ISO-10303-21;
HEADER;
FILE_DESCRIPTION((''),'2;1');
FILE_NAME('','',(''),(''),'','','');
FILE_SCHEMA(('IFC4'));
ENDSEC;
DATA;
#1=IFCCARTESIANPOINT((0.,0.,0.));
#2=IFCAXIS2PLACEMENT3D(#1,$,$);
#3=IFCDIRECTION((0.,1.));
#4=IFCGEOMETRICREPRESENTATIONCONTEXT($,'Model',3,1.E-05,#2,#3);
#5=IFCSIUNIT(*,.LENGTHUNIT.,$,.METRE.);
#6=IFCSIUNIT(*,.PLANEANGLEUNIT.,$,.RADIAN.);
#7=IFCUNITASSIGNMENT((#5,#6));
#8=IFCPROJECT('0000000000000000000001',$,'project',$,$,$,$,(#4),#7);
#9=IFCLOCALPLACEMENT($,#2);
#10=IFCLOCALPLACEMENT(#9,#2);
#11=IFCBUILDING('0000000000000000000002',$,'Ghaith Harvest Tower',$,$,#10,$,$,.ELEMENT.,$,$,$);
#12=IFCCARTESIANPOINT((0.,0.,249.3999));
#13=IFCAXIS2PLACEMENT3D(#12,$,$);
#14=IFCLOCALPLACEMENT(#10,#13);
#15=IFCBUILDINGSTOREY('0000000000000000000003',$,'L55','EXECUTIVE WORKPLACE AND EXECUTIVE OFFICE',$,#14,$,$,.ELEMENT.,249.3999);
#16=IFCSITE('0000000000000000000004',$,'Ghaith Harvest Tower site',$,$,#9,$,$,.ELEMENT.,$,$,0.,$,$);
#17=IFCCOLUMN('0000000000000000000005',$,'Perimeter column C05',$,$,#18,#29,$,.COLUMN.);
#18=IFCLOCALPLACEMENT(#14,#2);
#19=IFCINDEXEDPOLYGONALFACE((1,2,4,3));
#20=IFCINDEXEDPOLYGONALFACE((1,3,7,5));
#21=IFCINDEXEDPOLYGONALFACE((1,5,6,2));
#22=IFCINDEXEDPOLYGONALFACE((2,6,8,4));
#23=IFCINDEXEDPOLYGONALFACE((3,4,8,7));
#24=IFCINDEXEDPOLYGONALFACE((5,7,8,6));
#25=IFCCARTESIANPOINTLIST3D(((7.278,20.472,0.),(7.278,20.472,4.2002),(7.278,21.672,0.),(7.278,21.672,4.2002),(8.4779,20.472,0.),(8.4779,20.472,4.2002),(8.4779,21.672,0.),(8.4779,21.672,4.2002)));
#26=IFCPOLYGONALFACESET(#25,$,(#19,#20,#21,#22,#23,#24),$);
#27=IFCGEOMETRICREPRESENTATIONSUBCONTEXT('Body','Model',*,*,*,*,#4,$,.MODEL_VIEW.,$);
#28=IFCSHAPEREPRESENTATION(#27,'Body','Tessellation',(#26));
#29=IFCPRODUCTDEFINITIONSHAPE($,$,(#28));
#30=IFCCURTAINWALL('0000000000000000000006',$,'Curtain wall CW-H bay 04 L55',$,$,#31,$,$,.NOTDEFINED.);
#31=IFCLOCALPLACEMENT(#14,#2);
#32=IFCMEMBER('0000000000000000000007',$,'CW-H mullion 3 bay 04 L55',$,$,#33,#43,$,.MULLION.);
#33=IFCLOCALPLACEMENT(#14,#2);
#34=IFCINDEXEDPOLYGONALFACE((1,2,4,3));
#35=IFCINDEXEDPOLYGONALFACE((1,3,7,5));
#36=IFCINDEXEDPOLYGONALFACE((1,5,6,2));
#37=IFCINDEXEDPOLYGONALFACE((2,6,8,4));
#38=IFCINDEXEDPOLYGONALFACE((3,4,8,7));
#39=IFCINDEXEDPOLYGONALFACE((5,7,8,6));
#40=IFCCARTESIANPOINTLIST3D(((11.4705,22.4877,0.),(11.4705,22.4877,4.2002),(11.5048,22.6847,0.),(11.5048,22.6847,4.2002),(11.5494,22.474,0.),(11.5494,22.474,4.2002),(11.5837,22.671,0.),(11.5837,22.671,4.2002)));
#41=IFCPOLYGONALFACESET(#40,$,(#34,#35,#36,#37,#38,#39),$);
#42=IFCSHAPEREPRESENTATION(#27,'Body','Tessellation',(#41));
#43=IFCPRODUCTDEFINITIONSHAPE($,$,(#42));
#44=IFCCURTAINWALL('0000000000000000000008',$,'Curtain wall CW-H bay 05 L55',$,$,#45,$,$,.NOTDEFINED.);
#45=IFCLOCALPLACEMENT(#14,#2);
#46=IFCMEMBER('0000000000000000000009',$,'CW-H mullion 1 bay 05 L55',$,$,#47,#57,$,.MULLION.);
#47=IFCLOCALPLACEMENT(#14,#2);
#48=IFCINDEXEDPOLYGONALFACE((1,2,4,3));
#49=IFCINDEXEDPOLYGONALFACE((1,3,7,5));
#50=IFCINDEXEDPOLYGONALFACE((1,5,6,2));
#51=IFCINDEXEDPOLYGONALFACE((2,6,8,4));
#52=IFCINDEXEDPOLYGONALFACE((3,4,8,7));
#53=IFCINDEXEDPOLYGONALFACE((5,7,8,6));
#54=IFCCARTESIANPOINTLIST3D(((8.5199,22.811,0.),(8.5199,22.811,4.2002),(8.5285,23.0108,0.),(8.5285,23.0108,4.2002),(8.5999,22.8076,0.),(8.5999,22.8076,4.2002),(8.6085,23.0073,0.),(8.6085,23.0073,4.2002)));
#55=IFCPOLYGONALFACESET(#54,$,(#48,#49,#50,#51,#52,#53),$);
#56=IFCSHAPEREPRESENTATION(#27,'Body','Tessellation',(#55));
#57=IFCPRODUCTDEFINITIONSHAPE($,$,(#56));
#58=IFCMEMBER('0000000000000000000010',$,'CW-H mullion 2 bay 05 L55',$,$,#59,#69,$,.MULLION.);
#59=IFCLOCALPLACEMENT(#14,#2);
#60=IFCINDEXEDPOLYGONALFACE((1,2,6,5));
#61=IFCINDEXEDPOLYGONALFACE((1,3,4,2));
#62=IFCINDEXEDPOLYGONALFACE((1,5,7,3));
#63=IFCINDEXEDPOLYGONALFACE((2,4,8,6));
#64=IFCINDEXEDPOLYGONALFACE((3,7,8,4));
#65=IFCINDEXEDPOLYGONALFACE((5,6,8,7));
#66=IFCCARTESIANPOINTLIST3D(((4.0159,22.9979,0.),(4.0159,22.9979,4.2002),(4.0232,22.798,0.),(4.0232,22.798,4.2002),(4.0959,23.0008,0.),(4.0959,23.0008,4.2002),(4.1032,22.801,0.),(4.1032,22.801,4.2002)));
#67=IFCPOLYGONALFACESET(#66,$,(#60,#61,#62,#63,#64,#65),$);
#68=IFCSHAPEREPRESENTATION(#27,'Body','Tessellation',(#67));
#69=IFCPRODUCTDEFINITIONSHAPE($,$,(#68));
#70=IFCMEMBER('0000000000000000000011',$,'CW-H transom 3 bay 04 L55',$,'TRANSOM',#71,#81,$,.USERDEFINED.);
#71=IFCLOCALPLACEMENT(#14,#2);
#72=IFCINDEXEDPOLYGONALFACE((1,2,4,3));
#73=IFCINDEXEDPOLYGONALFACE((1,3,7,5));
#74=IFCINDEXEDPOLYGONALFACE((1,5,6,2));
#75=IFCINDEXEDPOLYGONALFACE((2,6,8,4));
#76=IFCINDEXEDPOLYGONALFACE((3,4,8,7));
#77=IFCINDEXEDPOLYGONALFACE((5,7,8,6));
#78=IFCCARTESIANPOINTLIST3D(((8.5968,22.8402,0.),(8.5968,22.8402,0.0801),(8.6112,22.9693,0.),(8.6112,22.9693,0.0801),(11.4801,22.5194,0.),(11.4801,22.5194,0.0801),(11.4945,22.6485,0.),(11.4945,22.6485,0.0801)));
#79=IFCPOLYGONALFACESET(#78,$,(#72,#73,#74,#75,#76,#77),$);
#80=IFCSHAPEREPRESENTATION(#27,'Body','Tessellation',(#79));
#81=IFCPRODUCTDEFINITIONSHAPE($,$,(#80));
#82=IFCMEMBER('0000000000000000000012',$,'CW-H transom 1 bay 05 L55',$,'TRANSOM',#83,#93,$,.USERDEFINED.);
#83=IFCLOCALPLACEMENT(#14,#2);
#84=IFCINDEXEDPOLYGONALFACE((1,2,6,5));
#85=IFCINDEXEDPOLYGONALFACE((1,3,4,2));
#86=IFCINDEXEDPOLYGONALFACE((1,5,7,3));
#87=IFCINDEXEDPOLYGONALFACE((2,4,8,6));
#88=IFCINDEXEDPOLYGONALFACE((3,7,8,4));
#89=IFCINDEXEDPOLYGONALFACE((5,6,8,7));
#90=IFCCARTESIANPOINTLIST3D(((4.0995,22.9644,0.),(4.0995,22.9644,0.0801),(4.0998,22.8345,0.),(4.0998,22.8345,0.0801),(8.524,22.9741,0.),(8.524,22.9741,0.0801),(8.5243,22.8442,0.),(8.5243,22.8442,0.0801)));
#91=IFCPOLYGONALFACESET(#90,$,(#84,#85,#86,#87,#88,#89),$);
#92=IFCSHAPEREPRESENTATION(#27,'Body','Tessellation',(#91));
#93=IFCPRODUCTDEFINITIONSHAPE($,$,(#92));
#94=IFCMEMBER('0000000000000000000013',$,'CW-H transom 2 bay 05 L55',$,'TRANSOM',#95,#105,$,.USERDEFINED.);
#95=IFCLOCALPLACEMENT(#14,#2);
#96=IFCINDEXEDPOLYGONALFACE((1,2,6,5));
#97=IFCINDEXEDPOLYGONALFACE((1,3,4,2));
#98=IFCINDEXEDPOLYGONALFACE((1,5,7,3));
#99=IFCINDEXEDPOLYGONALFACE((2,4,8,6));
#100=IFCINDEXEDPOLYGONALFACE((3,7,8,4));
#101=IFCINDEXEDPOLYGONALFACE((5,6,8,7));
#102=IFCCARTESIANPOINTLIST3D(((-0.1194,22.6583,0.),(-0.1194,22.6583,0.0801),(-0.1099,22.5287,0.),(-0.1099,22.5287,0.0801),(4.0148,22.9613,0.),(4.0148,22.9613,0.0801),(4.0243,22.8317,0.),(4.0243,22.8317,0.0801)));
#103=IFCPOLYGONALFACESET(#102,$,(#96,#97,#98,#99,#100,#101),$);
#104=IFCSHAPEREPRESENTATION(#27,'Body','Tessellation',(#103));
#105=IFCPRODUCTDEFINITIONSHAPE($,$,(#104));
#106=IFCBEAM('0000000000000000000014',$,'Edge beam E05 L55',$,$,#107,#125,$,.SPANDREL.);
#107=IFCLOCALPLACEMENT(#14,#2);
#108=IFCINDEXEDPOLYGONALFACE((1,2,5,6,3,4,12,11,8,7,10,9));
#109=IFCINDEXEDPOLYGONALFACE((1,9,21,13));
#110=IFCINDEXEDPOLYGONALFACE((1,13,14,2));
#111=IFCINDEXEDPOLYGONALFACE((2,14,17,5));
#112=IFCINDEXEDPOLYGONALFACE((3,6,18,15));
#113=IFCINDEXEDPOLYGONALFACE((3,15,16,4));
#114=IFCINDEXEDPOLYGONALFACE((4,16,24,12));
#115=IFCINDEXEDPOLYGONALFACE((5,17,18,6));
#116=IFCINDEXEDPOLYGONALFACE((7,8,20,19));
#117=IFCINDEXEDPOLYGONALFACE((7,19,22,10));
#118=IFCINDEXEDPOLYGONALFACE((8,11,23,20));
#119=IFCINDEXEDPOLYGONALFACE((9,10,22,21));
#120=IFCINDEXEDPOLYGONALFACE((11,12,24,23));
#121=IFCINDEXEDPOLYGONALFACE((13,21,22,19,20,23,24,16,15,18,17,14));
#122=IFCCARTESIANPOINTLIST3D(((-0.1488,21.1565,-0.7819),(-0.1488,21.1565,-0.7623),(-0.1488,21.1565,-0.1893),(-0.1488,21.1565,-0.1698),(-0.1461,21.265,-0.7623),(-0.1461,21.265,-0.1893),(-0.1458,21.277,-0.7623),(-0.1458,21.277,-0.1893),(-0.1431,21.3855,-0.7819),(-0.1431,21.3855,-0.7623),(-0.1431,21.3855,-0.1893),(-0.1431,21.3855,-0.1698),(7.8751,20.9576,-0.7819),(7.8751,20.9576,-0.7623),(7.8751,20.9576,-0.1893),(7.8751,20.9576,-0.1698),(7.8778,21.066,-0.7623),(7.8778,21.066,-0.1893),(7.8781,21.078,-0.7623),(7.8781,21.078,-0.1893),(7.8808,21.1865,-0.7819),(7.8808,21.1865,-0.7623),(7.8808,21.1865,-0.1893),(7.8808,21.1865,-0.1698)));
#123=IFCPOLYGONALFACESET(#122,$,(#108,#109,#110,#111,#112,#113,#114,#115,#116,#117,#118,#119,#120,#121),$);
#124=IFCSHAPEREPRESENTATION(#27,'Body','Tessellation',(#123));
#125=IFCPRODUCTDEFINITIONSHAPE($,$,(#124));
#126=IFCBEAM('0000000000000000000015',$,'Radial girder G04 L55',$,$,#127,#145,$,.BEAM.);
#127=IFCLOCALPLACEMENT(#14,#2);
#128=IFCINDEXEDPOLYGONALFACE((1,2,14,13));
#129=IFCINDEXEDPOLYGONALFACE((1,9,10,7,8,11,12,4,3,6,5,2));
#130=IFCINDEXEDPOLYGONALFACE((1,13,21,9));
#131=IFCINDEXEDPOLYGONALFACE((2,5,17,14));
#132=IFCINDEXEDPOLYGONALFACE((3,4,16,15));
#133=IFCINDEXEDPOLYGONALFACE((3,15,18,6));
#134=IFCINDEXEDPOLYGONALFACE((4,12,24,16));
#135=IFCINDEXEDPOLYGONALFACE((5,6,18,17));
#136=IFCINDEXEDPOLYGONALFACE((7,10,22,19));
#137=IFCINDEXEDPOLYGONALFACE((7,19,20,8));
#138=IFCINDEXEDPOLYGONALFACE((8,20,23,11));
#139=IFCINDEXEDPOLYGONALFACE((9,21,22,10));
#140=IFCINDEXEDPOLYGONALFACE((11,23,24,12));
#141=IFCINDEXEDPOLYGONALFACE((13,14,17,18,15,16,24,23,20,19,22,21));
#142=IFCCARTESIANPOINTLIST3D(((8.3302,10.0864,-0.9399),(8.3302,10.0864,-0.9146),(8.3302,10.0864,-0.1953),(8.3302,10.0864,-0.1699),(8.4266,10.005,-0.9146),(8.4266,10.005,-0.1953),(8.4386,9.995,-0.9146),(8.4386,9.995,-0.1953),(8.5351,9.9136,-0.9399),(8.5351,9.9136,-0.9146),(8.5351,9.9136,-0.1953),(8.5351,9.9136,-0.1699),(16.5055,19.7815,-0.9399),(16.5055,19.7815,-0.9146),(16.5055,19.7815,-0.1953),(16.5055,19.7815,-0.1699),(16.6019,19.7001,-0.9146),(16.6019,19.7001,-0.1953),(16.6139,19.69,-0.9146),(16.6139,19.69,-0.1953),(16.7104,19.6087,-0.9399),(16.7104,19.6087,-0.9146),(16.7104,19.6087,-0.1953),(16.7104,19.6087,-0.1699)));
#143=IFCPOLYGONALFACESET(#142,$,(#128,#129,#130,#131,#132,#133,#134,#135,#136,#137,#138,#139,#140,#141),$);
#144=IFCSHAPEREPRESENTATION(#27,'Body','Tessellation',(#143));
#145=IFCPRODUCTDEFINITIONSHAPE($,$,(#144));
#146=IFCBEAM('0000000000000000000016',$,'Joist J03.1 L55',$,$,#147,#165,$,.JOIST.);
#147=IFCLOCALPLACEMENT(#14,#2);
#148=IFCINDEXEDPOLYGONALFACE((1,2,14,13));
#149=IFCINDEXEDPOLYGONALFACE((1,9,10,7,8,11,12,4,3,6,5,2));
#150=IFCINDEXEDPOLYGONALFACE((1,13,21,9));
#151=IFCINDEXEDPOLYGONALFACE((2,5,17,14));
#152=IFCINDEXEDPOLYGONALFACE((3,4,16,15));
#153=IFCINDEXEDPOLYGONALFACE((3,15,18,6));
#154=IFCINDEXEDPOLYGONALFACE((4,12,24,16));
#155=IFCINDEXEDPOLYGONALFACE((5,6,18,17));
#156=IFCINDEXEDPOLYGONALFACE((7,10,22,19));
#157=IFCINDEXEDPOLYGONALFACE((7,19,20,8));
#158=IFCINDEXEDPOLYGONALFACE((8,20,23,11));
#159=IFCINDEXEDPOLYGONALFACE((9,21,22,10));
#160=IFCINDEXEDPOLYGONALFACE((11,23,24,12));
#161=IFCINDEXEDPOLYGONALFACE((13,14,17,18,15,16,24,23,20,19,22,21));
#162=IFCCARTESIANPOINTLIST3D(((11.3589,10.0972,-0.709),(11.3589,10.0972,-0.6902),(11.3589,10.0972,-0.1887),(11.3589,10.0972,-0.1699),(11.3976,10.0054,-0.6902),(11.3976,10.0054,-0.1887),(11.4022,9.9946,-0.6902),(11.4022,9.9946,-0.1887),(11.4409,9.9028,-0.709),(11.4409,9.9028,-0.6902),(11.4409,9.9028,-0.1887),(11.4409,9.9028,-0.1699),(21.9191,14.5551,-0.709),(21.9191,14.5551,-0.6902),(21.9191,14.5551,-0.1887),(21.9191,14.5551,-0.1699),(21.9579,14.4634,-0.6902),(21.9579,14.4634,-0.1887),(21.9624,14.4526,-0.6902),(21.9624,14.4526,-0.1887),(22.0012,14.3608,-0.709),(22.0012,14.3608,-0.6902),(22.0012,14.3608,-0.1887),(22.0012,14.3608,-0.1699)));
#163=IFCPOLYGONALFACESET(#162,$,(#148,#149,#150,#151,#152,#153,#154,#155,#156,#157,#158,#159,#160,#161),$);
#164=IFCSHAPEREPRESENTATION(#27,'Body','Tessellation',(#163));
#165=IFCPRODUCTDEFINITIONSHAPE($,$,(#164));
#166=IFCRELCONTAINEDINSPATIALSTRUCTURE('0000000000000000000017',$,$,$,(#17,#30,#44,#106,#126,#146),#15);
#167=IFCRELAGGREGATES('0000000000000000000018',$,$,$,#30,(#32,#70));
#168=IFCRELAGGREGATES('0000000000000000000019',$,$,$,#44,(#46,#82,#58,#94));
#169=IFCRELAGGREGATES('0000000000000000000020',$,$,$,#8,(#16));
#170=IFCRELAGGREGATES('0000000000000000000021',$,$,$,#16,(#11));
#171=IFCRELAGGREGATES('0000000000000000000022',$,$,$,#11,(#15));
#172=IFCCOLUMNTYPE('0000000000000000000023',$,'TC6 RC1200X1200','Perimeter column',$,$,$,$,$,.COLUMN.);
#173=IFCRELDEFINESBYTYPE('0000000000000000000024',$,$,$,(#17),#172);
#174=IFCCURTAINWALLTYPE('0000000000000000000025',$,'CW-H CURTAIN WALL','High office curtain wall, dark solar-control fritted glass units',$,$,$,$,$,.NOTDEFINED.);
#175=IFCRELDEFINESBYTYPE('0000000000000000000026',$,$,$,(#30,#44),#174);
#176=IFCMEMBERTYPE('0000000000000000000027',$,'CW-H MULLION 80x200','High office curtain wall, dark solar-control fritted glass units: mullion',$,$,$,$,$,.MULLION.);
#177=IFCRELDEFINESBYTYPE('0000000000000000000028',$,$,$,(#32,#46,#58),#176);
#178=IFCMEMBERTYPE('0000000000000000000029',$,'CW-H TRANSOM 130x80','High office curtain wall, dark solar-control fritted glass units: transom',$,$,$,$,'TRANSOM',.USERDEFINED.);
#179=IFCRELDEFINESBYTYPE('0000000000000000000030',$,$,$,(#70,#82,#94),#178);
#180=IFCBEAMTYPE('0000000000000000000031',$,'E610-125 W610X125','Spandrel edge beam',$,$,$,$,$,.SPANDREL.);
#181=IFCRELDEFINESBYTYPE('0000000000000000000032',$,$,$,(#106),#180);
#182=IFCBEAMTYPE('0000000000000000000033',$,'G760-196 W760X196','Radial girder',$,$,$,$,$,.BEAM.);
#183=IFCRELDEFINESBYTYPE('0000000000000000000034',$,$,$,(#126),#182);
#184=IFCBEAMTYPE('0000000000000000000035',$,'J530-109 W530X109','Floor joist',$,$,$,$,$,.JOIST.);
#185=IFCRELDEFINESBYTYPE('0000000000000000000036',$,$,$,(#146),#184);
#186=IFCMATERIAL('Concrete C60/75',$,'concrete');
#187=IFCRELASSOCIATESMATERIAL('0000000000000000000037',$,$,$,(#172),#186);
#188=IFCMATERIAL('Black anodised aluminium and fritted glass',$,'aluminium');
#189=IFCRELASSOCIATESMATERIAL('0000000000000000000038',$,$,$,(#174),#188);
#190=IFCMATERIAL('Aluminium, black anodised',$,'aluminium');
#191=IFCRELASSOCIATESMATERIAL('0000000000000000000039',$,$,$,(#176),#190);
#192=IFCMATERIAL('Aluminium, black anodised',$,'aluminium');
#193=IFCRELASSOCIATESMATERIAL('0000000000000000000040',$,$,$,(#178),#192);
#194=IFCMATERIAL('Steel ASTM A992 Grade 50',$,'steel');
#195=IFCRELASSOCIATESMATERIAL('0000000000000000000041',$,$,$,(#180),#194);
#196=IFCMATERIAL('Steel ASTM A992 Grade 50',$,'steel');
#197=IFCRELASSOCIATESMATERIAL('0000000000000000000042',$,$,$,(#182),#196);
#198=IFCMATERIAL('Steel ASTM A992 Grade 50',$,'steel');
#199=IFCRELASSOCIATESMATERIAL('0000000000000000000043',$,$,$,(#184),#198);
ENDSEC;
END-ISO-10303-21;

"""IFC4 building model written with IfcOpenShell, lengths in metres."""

from ifc_helpers import new_model, si_unit, direction, frame, origin, origin_2d, place, context, subcontext, project, spatial, rectangle, i_section, extrude, material, material_profile, profile_set, type_object, element, aggregate, save


model = new_model("IFC4")

# Units and contexts
model_context = context("Model", 3, precision=1e-05, world=origin(), true_north=direction((0.0, 1.0)))
body_context = subcontext(model_context, "Body", "Model", "MODEL_VIEW")
ifc_project = project(units=[si_unit("LENGTHUNIT", "METRE"), si_unit("PLANEANGLEUNIT", "RADIAN")], contexts=[model_context])

# Site, building, storey
site_placement = place(None, origin())
site = spatial("IfcSite", under=ifc_project, at=site_placement, Name="Ghaith Harvest Tower site", CompositionType="ELEMENT", RefElevation=0.0)
building_placement = place(site_placement, origin())
building = spatial("IfcBuilding", under=site, at=building_placement, Name="Ghaith Harvest Tower", CompositionType="ELEMENT")
storey_placement = place(building_placement, frame((0.0, 0.0, 249.3999)))
storey = spatial("IfcBuildingStorey", under=building, at=storey_placement, Name="L55", Description="EXECUTIVE WORKPLACE AND EXECUTIVE OFFICE", CompositionType="ELEMENT", Elevation=249.3999)

# Column
ifc_material_1 = material(Name="Concrete C60/75", Category="concrete")
ifc_material_profile_1 = material_profile(ifc_material_1, rectangle(XDim=1.2, YDim=1.2, at=origin_2d()), Name="RC1200X1200")
ifc_profile_set_1 = profile_set([ifc_material_profile_1], Name="Concrete C60/75")
column_type = type_object("IfcColumnType", Name="TC6 RC1200X1200", Description="Perimeter column", PredefinedType="COLUMN", material=ifc_profile_set_1)
column_placement = place(storey_placement, frame((7.8779, 21.072, 0.0), z_axis=(0.0, 0.0, 1.0), x_axis=(1.0, 0.0, 0.0)))
element("IfcColumn", 1, at=column_placement, inside=storey, type_object=column_type, Name="Perimeter column C05", PredefinedType="COLUMN", context=body_context, shape_type="SweptSolid", body=[
    extrude(rectangle(XDim=1.2, YDim=1.2, at=origin_2d()), origin(), (0.0, 0.0, 1.0), 4.2002),
])

# Curtain wall, member
ifc_material_2 = material(Name="Black anodised aluminium and fritted glass", Category="aluminium")
curtain_wall_type = type_object("IfcCurtainWallType", Name="CW-H CURTAIN WALL", Description="High office curtain wall, dark solar-control fritted glass units", PredefinedType="NOTDEFINED", material=ifc_material_2)
curtain_wall_1_placement = place(storey_placement, origin())
curtain_wall_1 = element("IfcCurtainWall", 2, at=curtain_wall_1_placement, inside=storey, type_object=curtain_wall_type, Name="Curtain wall CW-H bay 04 L55", PredefinedType="NOTDEFINED")
ifc_material_3 = material(Name="Aluminium, black anodised", Category="aluminium")
ifc_material_profile_2 = material_profile(ifc_material_3, rectangle(XDim=0.0801, YDim=0.2, at=origin_2d()), Name="CW-H MULLION 80x200")
ifc_profile_set_2 = profile_set([ifc_material_profile_2], Name="Aluminium, black anodised")
member_type_1 = type_object("IfcMemberType", Name="CW-H MULLION 80x200", Description="High office curtain wall, dark solar-control fritted glass units: mullion", PredefinedType="MULLION", material=ifc_profile_set_2)
member_1_placement = place(storey_placement, frame((11.5271, 22.5793, 0.0), z_axis=(0.0, 0.0, 1.0), x_axis=(-0.985193, 0.171447, 0.0)))
member_1 = element("IfcMember", 3, at=member_1_placement, type_object=member_type_1, Name="CW-H mullion 3 bay 04 L55", PredefinedType="MULLION", context=body_context, shape_type="SweptSolid", body=[
    extrude(rectangle(XDim=0.0801, YDim=0.2, at=origin_2d()), origin(), (0.0, 0.0, 1.0), 4.2002),
])

# Curtain wall, members
curtain_wall_2_placement = place(storey_placement, origin())
curtain_wall_2 = element("IfcCurtainWall", 4, at=curtain_wall_2_placement, inside=storey, type_object=curtain_wall_type, Name="Curtain wall CW-H bay 05 L55", PredefinedType="NOTDEFINED")
member_2_placement = place(storey_placement, frame((8.5642, 22.9092, 0.0), z_axis=(0.0, 0.0, 1.0), x_axis=(-0.999084, 0.042803, 0.0)))
member_2 = element("IfcMember", 5, at=member_2_placement, type_object=member_type_1, Name="CW-H mullion 1 bay 05 L55", PredefinedType="MULLION", context=body_context, shape_type="SweptSolid", body=[
    extrude(rectangle(XDim=0.0801, YDim=0.2, at=origin_2d()), origin(), (0.0, 0.0, 1.0), 4.2002),
])
member_3_placement = place(storey_placement, frame((4.0596, 22.8994, 0.0), z_axis=(0.0, 0.0, 1.0), x_axis=(-0.999333, -0.036524, 0.0)))
member_3 = element("IfcMember", 6, at=member_3_placement, type_object=member_type_1, Name="CW-H mullion 2 bay 05 L55", PredefinedType="MULLION", context=body_context, shape_type="SweptSolid", body=[
    extrude(rectangle(XDim=0.0801, YDim=0.2, at=origin_2d()), origin(), (0.0, 0.0, 1.0), 4.2002),
])

# Members
ifc_material_4 = material(Name="Aluminium, black anodised", Category="aluminium")
ifc_material_profile_3 = material_profile(ifc_material_4, rectangle(XDim=0.1299, YDim=0.0801, at=origin_2d()), Name="CW-H TRANSOM 130x80")
ifc_profile_set_3 = profile_set([ifc_material_profile_3], Name="Aluminium, black anodised")
member_type_2 = type_object("IfcMemberType", Name="CW-H TRANSOM 130x80", Description="High office curtain wall, dark solar-control fritted glass units: transom", ElementType="TRANSOM", PredefinedType="USERDEFINED", material=ifc_profile_set_3)
member_4_placement = place(storey_placement, frame((11.4873, 22.584, 0.04), z_axis=(-0.993867, 0.110579, 0.0), x_axis=(-0.110579, -0.993867, 0.0)))
member_4 = element("IfcMember", 7, at=member_4_placement, type_object=member_type_2, Name="CW-H transom 3 bay 04 L55", ObjectType="TRANSOM", PredefinedType="USERDEFINED", context=body_context, shape_type="SweptSolid", body=[
    extrude(rectangle(XDim=0.1299, YDim=0.0801, at=origin_2d()), origin(), (0.0, 0.0, 1.0), 2.9011),
])
member_5_placement = place(storey_placement, frame((8.5242, 22.9092, 0.04), z_axis=(-0.999998, -0.002207, 0.0), x_axis=(0.002207, -0.999998, 0.0)))
member_5 = element("IfcMember", 8, at=member_5_placement, type_object=member_type_2, Name="CW-H transom 1 bay 05 L55", ObjectType="TRANSOM", PredefinedType="USERDEFINED", context=body_context, shape_type="SweptSolid", body=[
    extrude(rectangle(XDim=0.1299, YDim=0.0801, at=origin_2d()), origin(), (0.0, 0.0, 1.0), 4.4246),
])
member_6_placement = place(storey_placement, frame((4.0195, 22.8965, 0.04), z_axis=(-0.997325, -0.073089, 0.0), x_axis=(0.073089, -0.997325, 0.0)))
member_6 = element("IfcMember", 9, at=member_6_placement, type_object=member_type_2, Name="CW-H transom 2 bay 05 L55", ObjectType="TRANSOM", PredefinedType="USERDEFINED", context=body_context, shape_type="SweptSolid", body=[
    extrude(rectangle(XDim=0.1299, YDim=0.0801, at=origin_2d()), origin(), (0.0, 0.0, 1.0), 4.1453),
])

# Beams
ifc_material_5 = material(Name="Steel ASTM A992 Grade 50", Category="steel")
ifc_material_profile_4 = material_profile(ifc_material_5, i_section(OverallWidth=0.229, OverallDepth=0.6121, WebThickness=0.012, FlangeThickness=0.0195, at=origin_2d()), Name="W610X125")
ifc_profile_set_4 = profile_set([ifc_material_profile_4], Name="Steel ASTM A992 Grade 50")
beam_type_1 = type_object("IfcBeamType", Name="E610-125 W610X125", Description="Spandrel edge beam", PredefinedType="SPANDREL", material=ifc_profile_set_4)
beam_1_placement = place(storey_placement, frame((7.8779, 21.072, -0.4758), z_axis=(-0.999693, 0.02479, 0.0), x_axis=(-0.02479, -0.999693, 0.0)))
element("IfcBeam", 10, at=beam_1_placement, inside=storey, type_object=beam_type_1, Name="Edge beam E05 L55", PredefinedType="SPANDREL", context=body_context, shape_type="SweptSolid", body=[
    extrude(i_section(OverallWidth=0.229, OverallDepth=0.6121, WebThickness=0.012, FlangeThickness=0.0195, at=origin_2d()), origin(), (0.0, 0.0, 1.0), 8.0264),
])
ifc_material_6 = material(Name="Steel ASTM A992 Grade 50", Category="steel")
ifc_material_profile_5 = material_profile(ifc_material_6, i_section(OverallWidth=0.2681, OverallDepth=0.77, WebThickness=0.0156, FlangeThickness=0.0254, at=origin_2d()), Name="W760X196")
ifc_profile_set_5 = profile_set([ifc_material_profile_5], Name="Steel ASTM A992 Grade 50")
beam_type_2 = type_object("IfcBeamType", Name="G760-196 W760X196", Description="Radial girder", PredefinedType="BEAM", material=ifc_profile_set_5)
beam_2_placement = place(storey_placement, frame((8.4326, 10.0, -0.5549), z_axis=(0.644644, 0.764483, 0.0), x_axis=(-0.764483, 0.644644, 0.0)))
element("IfcBeam", 11, at=beam_2_placement, inside=storey, type_object=beam_type_2, Name="Radial girder G04 L55", PredefinedType="BEAM", context=body_context, shape_type="SweptSolid", body=[
    extrude(i_section(OverallWidth=0.2681, OverallDepth=0.77, WebThickness=0.0156, FlangeThickness=0.0254, at=origin_2d()), origin(), (0.0, 0.0, 1.0), 12.6819),
])
ifc_material_7 = material(Name="Steel ASTM A992 Grade 50", Category="steel")
ifc_material_profile_6 = material_profile(ifc_material_7, i_section(OverallWidth=0.2109, OverallDepth=0.5391, WebThickness=0.0117, FlangeThickness=0.0188, at=origin_2d()), Name="W530X109")
ifc_profile_set_6 = profile_set([ifc_material_profile_6], Name="Steel ASTM A992 Grade 50")
beam_type_3 = type_object("IfcBeamType", Name="J530-109 W530X109", Description="Floor joist", PredefinedType="JOIST", material=ifc_profile_set_6)
beam_3_placement = place(storey_placement, frame((11.3999, 10.0, -0.4395), z_axis=(0.921274, 0.388914, 0.0), x_axis=(-0.388914, 0.921274, 0.0)))
element("IfcBeam", 12, at=beam_3_placement, inside=storey, type_object=beam_type_3, Name="Joist J03.1 L55", PredefinedType="JOIST", context=body_context, shape_type="SweptSolid", body=[
    extrude(i_section(OverallWidth=0.2109, OverallDepth=0.5391, WebThickness=0.0117, FlangeThickness=0.0188, at=origin_2d()), origin(), (0.0, 0.0, 1.0), 11.4626),
])

aggregate(curtain_wall_1, [member_1, member_4])
aggregate(curtain_wall_2, [member_2, member_5, member_3, member_6])

save(model, "model.ifc")
